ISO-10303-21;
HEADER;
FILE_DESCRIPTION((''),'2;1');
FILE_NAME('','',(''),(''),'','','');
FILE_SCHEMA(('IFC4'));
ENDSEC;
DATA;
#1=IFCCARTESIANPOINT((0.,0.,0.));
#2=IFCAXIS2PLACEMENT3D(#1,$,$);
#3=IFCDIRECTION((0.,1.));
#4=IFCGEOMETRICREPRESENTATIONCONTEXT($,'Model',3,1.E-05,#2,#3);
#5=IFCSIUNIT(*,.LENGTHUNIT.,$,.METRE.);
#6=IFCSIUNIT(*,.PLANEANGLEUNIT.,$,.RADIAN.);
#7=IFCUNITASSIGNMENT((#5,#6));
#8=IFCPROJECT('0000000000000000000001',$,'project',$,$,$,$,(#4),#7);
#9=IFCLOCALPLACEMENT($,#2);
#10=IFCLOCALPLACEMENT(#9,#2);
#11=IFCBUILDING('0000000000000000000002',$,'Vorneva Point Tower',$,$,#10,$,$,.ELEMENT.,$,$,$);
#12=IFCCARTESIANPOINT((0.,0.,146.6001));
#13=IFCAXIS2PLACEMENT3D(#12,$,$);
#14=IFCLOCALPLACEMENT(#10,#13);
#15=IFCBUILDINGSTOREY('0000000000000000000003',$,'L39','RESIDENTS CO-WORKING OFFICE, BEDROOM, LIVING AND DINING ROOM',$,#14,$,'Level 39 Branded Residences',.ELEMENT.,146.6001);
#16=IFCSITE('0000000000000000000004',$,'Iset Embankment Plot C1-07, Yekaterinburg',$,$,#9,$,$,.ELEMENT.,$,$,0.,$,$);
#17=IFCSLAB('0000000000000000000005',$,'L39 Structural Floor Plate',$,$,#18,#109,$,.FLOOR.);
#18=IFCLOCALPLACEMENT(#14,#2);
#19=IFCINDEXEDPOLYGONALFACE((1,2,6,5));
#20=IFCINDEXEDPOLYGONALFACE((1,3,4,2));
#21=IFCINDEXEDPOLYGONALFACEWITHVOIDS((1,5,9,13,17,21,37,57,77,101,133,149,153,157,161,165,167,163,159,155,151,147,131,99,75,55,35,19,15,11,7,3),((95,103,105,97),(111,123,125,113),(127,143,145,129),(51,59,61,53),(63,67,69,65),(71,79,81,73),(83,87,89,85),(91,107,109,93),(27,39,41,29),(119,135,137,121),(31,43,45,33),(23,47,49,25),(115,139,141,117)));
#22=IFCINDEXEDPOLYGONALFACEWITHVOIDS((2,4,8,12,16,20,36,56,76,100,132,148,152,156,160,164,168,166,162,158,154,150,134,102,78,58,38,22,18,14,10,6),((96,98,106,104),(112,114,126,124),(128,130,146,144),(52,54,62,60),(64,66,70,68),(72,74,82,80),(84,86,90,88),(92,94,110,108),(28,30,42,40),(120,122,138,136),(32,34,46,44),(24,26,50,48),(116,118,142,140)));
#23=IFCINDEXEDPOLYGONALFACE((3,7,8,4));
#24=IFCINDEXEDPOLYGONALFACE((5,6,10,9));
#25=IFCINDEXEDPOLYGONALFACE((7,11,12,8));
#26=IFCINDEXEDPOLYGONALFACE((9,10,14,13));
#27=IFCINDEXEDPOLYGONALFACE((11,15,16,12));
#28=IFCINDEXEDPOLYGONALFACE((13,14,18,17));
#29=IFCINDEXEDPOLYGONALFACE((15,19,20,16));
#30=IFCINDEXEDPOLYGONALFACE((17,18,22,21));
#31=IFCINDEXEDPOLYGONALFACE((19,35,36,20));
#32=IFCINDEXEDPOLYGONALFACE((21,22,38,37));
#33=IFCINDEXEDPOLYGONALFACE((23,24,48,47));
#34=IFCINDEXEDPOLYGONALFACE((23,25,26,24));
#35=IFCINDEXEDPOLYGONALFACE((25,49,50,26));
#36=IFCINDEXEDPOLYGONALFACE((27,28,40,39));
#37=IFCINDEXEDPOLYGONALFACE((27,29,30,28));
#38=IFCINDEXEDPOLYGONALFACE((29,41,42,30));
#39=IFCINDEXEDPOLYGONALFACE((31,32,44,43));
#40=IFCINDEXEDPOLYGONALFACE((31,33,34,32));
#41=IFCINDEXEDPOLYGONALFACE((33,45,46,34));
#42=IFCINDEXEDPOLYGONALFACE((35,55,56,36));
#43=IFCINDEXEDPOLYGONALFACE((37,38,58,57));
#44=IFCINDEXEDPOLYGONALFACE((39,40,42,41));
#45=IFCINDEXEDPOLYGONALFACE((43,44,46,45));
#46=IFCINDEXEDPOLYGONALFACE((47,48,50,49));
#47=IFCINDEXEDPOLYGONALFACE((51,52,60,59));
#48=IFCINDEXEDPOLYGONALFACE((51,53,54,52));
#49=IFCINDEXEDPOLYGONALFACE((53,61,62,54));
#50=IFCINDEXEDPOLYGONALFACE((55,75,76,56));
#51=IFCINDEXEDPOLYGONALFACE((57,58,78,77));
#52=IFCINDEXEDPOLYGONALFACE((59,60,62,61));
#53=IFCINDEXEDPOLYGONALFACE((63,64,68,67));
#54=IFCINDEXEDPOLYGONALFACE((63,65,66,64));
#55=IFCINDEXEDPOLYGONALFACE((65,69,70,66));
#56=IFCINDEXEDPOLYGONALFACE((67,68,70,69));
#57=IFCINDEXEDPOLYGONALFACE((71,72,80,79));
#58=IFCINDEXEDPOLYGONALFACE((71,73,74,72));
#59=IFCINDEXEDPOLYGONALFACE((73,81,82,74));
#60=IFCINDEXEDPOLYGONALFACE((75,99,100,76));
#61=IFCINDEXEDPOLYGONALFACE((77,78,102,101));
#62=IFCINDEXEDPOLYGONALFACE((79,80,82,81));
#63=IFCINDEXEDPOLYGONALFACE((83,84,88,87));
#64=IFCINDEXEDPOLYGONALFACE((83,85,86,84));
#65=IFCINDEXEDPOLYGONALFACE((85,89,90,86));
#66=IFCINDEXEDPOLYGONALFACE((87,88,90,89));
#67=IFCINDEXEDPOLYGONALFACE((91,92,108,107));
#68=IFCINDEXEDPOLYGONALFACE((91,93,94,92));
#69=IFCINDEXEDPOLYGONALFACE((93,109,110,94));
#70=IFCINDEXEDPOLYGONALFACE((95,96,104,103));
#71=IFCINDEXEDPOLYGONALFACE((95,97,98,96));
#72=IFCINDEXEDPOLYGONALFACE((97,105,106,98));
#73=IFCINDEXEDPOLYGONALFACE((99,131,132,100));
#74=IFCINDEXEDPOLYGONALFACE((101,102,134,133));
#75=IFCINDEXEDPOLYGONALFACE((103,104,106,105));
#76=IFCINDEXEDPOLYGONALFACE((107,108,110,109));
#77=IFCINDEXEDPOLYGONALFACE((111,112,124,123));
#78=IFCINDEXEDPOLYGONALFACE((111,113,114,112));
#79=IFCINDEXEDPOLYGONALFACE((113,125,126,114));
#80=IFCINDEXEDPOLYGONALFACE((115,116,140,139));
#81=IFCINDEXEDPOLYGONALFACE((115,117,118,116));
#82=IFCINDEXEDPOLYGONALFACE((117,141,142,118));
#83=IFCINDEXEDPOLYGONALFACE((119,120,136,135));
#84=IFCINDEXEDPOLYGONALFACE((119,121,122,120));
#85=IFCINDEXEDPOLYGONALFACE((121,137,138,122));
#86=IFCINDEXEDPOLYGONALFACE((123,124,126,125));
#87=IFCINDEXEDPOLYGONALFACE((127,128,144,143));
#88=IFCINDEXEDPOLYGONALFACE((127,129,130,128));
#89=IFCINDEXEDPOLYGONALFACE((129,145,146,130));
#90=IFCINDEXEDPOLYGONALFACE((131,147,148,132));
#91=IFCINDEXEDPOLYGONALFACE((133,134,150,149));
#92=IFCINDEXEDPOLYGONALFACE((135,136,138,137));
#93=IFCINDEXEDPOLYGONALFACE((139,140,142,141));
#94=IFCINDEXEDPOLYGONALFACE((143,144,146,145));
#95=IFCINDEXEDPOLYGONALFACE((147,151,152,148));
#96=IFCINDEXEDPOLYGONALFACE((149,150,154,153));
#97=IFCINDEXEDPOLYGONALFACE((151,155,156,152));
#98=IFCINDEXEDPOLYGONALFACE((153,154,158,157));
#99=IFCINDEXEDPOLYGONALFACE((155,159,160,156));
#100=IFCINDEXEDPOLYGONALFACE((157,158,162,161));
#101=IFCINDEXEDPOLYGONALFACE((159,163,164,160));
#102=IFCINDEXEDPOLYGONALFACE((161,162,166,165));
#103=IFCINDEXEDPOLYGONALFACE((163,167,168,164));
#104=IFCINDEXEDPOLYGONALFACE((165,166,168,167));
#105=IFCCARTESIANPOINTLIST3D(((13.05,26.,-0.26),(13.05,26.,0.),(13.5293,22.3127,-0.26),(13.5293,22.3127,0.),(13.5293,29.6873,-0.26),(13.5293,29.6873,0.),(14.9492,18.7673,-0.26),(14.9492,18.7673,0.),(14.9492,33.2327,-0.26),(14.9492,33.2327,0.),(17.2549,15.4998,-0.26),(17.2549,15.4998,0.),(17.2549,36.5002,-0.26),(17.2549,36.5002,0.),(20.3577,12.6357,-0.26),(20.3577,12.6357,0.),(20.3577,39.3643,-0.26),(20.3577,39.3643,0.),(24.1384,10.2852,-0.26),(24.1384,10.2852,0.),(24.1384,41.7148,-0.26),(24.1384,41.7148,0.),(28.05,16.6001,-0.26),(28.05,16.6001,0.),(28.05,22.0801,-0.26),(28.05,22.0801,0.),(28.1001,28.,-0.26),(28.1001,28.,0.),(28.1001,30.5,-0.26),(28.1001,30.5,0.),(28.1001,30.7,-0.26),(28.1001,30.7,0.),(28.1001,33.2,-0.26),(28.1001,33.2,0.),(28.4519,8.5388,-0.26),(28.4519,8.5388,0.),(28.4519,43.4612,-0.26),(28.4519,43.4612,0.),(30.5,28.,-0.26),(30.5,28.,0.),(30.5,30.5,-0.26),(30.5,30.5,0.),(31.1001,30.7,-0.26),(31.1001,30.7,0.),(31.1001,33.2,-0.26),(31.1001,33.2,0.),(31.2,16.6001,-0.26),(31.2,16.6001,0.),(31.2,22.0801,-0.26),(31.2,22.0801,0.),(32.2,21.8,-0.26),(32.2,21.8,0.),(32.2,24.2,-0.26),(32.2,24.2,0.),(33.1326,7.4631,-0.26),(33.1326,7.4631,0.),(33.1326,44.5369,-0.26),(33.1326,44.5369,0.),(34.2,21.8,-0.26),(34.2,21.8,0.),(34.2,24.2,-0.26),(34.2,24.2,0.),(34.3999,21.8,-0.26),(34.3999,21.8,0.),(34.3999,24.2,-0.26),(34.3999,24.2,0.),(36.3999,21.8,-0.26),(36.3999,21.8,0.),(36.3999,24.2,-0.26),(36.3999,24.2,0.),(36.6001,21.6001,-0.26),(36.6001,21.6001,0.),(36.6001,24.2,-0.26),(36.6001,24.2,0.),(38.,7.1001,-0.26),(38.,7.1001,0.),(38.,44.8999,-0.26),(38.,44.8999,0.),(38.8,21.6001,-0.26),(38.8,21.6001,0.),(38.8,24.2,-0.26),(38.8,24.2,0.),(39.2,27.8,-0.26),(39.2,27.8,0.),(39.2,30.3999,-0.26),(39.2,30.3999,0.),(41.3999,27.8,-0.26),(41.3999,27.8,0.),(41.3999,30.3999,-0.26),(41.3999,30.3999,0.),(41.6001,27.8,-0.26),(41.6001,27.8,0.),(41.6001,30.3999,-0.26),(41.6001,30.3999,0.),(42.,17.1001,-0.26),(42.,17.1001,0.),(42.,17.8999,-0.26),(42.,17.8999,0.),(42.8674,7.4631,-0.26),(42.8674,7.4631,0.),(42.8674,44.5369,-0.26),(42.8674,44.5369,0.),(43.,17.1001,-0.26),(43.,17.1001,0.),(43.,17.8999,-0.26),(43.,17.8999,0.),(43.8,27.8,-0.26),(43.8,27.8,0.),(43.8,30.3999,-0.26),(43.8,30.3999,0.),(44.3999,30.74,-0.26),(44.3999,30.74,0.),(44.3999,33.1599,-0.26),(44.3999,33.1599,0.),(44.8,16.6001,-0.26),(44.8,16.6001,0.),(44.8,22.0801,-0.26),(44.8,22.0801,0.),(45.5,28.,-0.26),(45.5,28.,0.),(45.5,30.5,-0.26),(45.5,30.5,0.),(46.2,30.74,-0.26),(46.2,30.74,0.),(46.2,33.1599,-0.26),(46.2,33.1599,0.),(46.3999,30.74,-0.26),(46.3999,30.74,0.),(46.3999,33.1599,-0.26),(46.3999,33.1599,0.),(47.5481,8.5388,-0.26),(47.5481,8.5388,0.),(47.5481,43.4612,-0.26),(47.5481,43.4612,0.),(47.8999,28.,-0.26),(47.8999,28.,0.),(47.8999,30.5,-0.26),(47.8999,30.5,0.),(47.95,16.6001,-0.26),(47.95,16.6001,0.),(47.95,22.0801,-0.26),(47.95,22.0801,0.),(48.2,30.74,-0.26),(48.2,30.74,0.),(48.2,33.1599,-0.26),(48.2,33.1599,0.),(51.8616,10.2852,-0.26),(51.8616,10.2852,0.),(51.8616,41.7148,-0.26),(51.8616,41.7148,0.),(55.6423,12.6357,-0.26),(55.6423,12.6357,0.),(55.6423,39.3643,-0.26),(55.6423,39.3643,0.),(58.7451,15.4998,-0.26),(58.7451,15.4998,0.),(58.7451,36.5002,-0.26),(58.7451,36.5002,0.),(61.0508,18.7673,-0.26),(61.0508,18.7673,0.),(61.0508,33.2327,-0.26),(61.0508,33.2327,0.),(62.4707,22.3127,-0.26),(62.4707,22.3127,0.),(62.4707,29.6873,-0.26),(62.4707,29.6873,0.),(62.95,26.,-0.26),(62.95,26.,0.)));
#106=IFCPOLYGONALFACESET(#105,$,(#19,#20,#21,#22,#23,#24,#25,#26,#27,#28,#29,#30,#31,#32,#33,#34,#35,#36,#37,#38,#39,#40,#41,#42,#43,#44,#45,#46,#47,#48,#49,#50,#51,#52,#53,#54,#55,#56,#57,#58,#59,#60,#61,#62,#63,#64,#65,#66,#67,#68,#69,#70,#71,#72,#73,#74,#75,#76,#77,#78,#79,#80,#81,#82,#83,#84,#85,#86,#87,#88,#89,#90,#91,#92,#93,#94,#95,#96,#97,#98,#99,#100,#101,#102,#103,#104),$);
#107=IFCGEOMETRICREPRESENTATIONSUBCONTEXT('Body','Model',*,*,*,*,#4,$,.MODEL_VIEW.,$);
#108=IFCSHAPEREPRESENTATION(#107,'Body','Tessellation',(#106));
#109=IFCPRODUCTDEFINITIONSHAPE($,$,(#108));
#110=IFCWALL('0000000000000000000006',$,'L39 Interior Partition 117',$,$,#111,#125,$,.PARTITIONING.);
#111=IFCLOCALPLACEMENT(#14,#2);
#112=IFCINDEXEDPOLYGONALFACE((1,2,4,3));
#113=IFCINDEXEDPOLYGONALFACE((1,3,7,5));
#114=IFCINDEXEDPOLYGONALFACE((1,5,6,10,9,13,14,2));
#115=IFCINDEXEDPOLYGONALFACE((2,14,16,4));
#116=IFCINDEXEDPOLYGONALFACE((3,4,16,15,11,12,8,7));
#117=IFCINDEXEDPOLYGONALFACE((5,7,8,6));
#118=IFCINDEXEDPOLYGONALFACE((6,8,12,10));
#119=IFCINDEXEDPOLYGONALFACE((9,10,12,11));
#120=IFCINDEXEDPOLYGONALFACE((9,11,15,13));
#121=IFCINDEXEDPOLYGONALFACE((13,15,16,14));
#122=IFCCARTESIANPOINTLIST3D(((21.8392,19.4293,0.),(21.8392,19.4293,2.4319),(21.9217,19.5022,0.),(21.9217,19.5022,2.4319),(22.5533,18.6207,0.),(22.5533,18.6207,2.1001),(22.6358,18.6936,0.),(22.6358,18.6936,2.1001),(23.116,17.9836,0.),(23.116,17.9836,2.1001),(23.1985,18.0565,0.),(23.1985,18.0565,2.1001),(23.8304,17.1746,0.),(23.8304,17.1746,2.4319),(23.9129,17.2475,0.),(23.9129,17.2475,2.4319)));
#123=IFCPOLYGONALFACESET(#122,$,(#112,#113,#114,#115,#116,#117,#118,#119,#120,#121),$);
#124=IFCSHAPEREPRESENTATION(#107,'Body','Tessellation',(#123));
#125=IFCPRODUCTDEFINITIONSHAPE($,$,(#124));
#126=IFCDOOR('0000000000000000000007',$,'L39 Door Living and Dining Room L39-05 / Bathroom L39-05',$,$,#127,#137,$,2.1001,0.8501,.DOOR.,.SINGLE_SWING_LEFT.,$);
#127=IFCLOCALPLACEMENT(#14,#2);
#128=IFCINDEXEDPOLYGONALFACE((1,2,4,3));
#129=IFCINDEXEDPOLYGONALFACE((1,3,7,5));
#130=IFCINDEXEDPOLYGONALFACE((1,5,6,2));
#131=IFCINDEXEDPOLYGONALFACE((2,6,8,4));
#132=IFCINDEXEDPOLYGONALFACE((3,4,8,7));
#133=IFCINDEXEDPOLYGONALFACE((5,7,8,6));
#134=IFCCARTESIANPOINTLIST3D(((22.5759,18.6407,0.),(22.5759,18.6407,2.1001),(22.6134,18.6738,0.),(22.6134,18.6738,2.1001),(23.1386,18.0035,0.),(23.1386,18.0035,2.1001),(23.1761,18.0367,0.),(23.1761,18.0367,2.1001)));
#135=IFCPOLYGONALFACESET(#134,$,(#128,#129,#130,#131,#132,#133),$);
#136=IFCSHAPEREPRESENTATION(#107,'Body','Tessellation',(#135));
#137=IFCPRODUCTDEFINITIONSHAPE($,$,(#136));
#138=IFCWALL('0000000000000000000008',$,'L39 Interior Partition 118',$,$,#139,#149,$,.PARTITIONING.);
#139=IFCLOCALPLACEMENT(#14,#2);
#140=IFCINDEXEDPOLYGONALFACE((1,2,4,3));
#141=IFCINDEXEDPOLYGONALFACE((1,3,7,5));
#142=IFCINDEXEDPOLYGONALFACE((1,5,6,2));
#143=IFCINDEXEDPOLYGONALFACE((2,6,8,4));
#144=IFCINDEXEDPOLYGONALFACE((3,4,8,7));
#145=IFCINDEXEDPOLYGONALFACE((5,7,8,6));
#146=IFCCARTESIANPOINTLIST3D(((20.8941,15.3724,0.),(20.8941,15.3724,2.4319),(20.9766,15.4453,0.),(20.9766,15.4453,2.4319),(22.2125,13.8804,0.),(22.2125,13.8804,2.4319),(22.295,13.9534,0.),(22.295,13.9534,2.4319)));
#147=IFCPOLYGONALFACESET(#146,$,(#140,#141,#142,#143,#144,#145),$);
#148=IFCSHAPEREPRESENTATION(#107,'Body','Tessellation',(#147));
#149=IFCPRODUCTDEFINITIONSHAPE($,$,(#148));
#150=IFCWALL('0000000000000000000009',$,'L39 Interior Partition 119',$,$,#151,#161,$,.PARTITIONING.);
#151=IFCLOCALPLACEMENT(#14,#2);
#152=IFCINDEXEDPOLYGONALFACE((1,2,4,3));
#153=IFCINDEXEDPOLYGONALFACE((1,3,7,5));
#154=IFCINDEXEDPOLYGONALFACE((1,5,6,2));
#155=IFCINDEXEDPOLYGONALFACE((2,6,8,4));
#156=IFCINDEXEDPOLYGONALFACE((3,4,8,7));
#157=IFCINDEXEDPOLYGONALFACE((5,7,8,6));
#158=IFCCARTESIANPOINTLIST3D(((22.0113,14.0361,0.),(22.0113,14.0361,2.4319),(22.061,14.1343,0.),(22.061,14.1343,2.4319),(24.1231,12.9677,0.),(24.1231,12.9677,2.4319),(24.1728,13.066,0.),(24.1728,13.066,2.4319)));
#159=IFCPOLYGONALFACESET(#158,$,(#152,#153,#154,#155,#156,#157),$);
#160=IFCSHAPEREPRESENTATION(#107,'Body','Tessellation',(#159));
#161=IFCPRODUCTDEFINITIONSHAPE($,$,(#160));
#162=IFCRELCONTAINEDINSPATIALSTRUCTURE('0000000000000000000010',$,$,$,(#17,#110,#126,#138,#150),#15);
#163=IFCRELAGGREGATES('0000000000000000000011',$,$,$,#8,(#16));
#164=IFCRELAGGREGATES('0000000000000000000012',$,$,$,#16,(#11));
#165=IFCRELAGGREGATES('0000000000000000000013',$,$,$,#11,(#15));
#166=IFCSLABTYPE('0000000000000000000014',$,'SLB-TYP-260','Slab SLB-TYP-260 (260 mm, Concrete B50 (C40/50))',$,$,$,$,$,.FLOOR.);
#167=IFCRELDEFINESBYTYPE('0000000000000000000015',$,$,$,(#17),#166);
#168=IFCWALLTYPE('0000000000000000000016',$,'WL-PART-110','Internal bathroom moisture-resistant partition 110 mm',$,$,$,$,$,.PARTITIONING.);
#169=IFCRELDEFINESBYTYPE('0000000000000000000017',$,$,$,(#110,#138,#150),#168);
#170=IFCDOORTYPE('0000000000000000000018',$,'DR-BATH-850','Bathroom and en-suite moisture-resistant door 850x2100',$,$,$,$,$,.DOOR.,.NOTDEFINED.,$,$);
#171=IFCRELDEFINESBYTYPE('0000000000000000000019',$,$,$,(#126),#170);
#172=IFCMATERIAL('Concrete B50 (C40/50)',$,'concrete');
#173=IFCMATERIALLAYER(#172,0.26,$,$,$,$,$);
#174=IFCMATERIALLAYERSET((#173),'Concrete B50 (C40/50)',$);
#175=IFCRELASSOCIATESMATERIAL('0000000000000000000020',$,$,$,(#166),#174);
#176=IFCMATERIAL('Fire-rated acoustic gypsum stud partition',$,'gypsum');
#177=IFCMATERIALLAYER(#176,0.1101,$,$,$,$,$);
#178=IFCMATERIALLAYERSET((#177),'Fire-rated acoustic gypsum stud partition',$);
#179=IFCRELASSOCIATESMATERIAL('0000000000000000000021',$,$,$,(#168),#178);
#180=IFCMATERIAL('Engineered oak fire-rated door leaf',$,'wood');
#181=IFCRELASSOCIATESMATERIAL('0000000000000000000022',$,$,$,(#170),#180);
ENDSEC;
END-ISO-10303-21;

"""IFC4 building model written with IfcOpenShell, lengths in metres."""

from ifc_helpers import new_model, si_unit, direction, frame, frame_2d, origin, place, context, subcontext, project, spatial, polyline, rectangle, outline, extrude, material, layer, layer_set, type_object, element, fill, save


model = new_model("IFC4")

# Units and contexts
model_context = context("Model", 3, precision=1e-05, world=origin(), true_north=direction((0.0, 1.0)))
body_context = subcontext(model_context, "Body", "Model", "MODEL_VIEW")
ifc_project = project(units=[si_unit("LENGTHUNIT", "METRE"), si_unit("PLANEANGLEUNIT", "RADIAN")], contexts=[model_context])

# Site, building, storey
site_placement = place(None, origin())
site = spatial("IfcSite", under=ifc_project, at=site_placement, Name="Iset Embankment Plot C1-07, Yekaterinburg", CompositionType="ELEMENT", RefElevation=0.0)
building_placement = place(site_placement, origin())
building = spatial("IfcBuilding", under=site, at=building_placement, Name="Vorneva Point Tower", CompositionType="ELEMENT")
storey_placement = place(building_placement, frame((0.0, 0.0, 146.6001)))
storey = spatial("IfcBuildingStorey", under=building, at=storey_placement, Name="L39", Description="RESIDENTS CO-WORKING OFFICE, BEDROOM, LIVING AND DINING ROOM", LongName="Level 39 Branded Residences", CompositionType="ELEMENT", Elevation=146.6001)

# Shared definitions
ifc_material_1 = material(Name="Concrete B50 (C40/50)", Category="concrete")

# Slab
ifc_layer_1 = layer(ifc_material_1, 0.26)
ifc_layer_set_1 = layer_set([ifc_layer_1], Name="Concrete B50 (C40/50)")
slab_type_1 = type_object("IfcSlabType", Name="SLB-TYP-260", Description="Slab SLB-TYP-260 (260 mm, Concrete B50 (C40/50))", PredefinedType="FLOOR", material=ifc_layer_set_1)
slab_1_placement = place(storey_placement, frame((0.0, 0.0, -0.26)))
element("IfcSlab", 1, at=slab_1_placement, inside=storey, type_object=slab_type_1, Name="L39 Structural Floor Plate", PredefinedType="FLOOR", context=body_context, shape_type="SweptSolid", body=[
    extrude(outline(polyline([(62.95, 26.0), (62.4707, 29.6873), (61.0508, 33.2327), (58.7451, 36.5002), (55.6423, 39.3643), (51.8616, 41.7148), (47.5481, 43.4612), (42.8674, 44.5369), (38.0, 44.8999), (33.1326, 44.5369), (28.4519, 43.4612), (24.1384, 41.7148), (20.3577, 39.3643), (17.2549, 36.5002), (14.9492, 33.2327), (13.5293, 29.6873), (13.05, 26.0), (13.5293, 22.3127), (14.9492, 18.7673), (17.2549, 15.4998), (20.3577, 12.6357), (24.1384, 10.2852), (28.4519, 8.5388), (33.1326, 7.4631), (38.0, 7.1001), (42.8674, 7.4631), (47.5481, 8.5388), (51.8616, 10.2852), (55.6423, 12.6357), (58.7451, 15.4998), (61.0508, 18.7673), (62.4707, 22.3127), (62.95, 26.0)]), holes=[polyline([(32.2, 21.8), (34.2, 21.8), (34.2, 24.2), (32.2, 24.2), (32.2, 21.8)]), polyline([(34.3999, 21.8), (36.3999, 21.8), (36.3999, 24.2), (34.3999, 24.2), (34.3999, 21.8)]), polyline([(36.6001, 21.6001), (38.8, 21.6001), (38.8, 24.2), (36.6001, 24.2), (36.6001, 21.6001)]), polyline([(39.2, 27.8), (41.3999, 27.8), (41.3999, 30.3999), (39.2, 30.3999), (39.2, 27.8)]), polyline([(41.6001, 27.8), (43.8, 27.8), (43.8, 30.3999), (41.6001, 30.3999), (41.6001, 27.8)]), polyline([(44.3999, 30.74), (46.2, 30.74), (46.2, 33.1599), (44.3999, 33.1599), (44.3999, 30.74)]), polyline([(46.3999, 30.74), (48.2, 30.74), (48.2, 33.1599), (46.3999, 33.1599), (46.3999, 30.74)]), polyline([(28.1001, 28.0), (30.5, 28.0), (30.5, 30.5), (28.1001, 30.5), (28.1001, 28.0)]), polyline([(45.5, 28.0), (47.8999, 28.0), (47.8999, 30.5), (45.5, 30.5), (45.5, 28.0)]), polyline([(28.1001, 30.7), (31.1001, 30.7), (31.1001, 33.2), (28.1001, 33.2), (28.1001, 30.7)]), polyline([(28.05, 16.6001), (31.2, 16.6001), (31.2, 22.0801), (28.05, 22.0801), (28.05, 16.6001)]), polyline([(44.8, 16.6001), (47.95, 16.6001), (47.95, 22.0801), (44.8, 22.0801), (44.8, 16.6001)]), polyline([(42.0, 17.1001), (43.0, 17.1001), (43.0, 17.8999), (42.0, 17.8999), (42.0, 17.1001)])]), origin(), (0.0, 0.0, 1.0), 0.26),
])

# Wall, opening, door
ifc_material_2 = material(Name="Fire-rated acoustic gypsum stud partition", Category="gypsum")
ifc_layer_2 = layer(ifc_material_2, 0.1101)
ifc_layer_set_2 = layer_set([ifc_layer_2], Name="Fire-rated acoustic gypsum stud partition")
wall_type_1 = type_object("IfcWallType", Name="WL-PART-110", Description="Internal bathroom moisture-resistant partition 110 mm", PredefinedType="PARTITIONING", material=ifc_layer_set_2)
wall_1_placement = place(storey_placement, frame((23.8716, 17.2112, 0.0), z_axis=(0.0, 0.0, 1.0), x_axis=(-0.661962, 0.749537, 0.0)))
wall_1 = element("IfcWall", 2, at=wall_1_placement, inside=storey, type_object=wall_type_1, Name="L39 Interior Partition 117", PredefinedType="PARTITIONING", context=body_context, shape_type="SweptSolid", body=[
    extrude(rectangle(XDim=3.0081, YDim=0.1101, at=frame_2d((1.5039, 0.0))), origin(), (0.0, 0.0, 1.0), 2.4319),
])
opening_1_placement = place(wall_1_placement, frame((1.0791, 0.0, 0.0)))
opening_1 = element("IfcOpeningElement", 3, at=opening_1_placement, cuts=wall_1, PredefinedType="OPENING", context=body_context, shape_type="SweptSolid", body=[
    extrude(rectangle(XDim=0.8501, YDim=2.1001, at=frame_2d((0.425, 1.05))), frame((0.0, 0.0698, 0.0), z_axis=(0.0, -1.0, 0.0), x_axis=(1.0, 0.0, 0.0)), (0.0, 0.0, 1.0), 0.1399),
])
ifc_material_3 = material(Name="Engineered oak fire-rated door leaf", Category="wood")
door_type_1 = type_object("IfcDoorType", Name="DR-BATH-850", Description="Bathroom and en-suite moisture-resistant door 850x2100", OperationType="NOTDEFINED", PredefinedType="DOOR", material=ifc_material_3)
door_1_placement = place(opening_1_placement, origin())
door_1 = element("IfcDoor", 4, at=door_1_placement, inside=storey, type_object=door_type_1, Name="L39 Door Living and Dining Room L39-05 / Bathroom L39-05", OperationType="SINGLE_SWING_LEFT", OverallHeight=2.1001, OverallWidth=0.8501, PredefinedType="DOOR", context=body_context, shape_type="SweptSolid", body=[
    extrude(rectangle(XDim=0.8501, YDim=2.1001, at=frame_2d((0.425, 1.05))), frame((0.0, 0.0249, 0.0), z_axis=(0.0, -1.0, 0.0), x_axis=(1.0, 0.0, 0.0)), (0.0, 0.0, 1.0), 0.05),
])
fill(opening_1, door_1)

# Walls
wall_2_placement = place(storey_placement, frame((20.9353, 15.4089, 0.0), z_axis=(0.0, 0.0, 1.0), x_axis=(0.662169, -0.749355, 0.0)))
element("IfcWall", 5, at=wall_2_placement, inside=storey, type_object=wall_type_1, Name="L39 Interior Partition 118", PredefinedType="PARTITIONING", context=body_context, shape_type="SweptSolid", body=[
    extrude(rectangle(XDim=1.991, YDim=0.1101, at=frame_2d((0.9956, 0.0))), origin(), (0.0, 0.0, 1.0), 2.4319),
])
wall_3_placement = place(storey_placement, frame((22.0361, 14.0852, 0.0), z_axis=(0.0, 0.0, 1.0), x_axis=(0.892313, -0.451417, 0.0)))
element("IfcWall", 6, at=wall_3_placement, inside=storey, type_object=wall_type_1, Name="L39 Interior Partition 119", PredefinedType="PARTITIONING", context=body_context, shape_type="SweptSolid", body=[
    extrude(rectangle(XDim=2.3667, YDim=0.1101, at=frame_2d((1.1833, 0.0))), origin(), (0.0, 0.0, 1.0), 2.4319),
])

save(model, "model.ifc")
